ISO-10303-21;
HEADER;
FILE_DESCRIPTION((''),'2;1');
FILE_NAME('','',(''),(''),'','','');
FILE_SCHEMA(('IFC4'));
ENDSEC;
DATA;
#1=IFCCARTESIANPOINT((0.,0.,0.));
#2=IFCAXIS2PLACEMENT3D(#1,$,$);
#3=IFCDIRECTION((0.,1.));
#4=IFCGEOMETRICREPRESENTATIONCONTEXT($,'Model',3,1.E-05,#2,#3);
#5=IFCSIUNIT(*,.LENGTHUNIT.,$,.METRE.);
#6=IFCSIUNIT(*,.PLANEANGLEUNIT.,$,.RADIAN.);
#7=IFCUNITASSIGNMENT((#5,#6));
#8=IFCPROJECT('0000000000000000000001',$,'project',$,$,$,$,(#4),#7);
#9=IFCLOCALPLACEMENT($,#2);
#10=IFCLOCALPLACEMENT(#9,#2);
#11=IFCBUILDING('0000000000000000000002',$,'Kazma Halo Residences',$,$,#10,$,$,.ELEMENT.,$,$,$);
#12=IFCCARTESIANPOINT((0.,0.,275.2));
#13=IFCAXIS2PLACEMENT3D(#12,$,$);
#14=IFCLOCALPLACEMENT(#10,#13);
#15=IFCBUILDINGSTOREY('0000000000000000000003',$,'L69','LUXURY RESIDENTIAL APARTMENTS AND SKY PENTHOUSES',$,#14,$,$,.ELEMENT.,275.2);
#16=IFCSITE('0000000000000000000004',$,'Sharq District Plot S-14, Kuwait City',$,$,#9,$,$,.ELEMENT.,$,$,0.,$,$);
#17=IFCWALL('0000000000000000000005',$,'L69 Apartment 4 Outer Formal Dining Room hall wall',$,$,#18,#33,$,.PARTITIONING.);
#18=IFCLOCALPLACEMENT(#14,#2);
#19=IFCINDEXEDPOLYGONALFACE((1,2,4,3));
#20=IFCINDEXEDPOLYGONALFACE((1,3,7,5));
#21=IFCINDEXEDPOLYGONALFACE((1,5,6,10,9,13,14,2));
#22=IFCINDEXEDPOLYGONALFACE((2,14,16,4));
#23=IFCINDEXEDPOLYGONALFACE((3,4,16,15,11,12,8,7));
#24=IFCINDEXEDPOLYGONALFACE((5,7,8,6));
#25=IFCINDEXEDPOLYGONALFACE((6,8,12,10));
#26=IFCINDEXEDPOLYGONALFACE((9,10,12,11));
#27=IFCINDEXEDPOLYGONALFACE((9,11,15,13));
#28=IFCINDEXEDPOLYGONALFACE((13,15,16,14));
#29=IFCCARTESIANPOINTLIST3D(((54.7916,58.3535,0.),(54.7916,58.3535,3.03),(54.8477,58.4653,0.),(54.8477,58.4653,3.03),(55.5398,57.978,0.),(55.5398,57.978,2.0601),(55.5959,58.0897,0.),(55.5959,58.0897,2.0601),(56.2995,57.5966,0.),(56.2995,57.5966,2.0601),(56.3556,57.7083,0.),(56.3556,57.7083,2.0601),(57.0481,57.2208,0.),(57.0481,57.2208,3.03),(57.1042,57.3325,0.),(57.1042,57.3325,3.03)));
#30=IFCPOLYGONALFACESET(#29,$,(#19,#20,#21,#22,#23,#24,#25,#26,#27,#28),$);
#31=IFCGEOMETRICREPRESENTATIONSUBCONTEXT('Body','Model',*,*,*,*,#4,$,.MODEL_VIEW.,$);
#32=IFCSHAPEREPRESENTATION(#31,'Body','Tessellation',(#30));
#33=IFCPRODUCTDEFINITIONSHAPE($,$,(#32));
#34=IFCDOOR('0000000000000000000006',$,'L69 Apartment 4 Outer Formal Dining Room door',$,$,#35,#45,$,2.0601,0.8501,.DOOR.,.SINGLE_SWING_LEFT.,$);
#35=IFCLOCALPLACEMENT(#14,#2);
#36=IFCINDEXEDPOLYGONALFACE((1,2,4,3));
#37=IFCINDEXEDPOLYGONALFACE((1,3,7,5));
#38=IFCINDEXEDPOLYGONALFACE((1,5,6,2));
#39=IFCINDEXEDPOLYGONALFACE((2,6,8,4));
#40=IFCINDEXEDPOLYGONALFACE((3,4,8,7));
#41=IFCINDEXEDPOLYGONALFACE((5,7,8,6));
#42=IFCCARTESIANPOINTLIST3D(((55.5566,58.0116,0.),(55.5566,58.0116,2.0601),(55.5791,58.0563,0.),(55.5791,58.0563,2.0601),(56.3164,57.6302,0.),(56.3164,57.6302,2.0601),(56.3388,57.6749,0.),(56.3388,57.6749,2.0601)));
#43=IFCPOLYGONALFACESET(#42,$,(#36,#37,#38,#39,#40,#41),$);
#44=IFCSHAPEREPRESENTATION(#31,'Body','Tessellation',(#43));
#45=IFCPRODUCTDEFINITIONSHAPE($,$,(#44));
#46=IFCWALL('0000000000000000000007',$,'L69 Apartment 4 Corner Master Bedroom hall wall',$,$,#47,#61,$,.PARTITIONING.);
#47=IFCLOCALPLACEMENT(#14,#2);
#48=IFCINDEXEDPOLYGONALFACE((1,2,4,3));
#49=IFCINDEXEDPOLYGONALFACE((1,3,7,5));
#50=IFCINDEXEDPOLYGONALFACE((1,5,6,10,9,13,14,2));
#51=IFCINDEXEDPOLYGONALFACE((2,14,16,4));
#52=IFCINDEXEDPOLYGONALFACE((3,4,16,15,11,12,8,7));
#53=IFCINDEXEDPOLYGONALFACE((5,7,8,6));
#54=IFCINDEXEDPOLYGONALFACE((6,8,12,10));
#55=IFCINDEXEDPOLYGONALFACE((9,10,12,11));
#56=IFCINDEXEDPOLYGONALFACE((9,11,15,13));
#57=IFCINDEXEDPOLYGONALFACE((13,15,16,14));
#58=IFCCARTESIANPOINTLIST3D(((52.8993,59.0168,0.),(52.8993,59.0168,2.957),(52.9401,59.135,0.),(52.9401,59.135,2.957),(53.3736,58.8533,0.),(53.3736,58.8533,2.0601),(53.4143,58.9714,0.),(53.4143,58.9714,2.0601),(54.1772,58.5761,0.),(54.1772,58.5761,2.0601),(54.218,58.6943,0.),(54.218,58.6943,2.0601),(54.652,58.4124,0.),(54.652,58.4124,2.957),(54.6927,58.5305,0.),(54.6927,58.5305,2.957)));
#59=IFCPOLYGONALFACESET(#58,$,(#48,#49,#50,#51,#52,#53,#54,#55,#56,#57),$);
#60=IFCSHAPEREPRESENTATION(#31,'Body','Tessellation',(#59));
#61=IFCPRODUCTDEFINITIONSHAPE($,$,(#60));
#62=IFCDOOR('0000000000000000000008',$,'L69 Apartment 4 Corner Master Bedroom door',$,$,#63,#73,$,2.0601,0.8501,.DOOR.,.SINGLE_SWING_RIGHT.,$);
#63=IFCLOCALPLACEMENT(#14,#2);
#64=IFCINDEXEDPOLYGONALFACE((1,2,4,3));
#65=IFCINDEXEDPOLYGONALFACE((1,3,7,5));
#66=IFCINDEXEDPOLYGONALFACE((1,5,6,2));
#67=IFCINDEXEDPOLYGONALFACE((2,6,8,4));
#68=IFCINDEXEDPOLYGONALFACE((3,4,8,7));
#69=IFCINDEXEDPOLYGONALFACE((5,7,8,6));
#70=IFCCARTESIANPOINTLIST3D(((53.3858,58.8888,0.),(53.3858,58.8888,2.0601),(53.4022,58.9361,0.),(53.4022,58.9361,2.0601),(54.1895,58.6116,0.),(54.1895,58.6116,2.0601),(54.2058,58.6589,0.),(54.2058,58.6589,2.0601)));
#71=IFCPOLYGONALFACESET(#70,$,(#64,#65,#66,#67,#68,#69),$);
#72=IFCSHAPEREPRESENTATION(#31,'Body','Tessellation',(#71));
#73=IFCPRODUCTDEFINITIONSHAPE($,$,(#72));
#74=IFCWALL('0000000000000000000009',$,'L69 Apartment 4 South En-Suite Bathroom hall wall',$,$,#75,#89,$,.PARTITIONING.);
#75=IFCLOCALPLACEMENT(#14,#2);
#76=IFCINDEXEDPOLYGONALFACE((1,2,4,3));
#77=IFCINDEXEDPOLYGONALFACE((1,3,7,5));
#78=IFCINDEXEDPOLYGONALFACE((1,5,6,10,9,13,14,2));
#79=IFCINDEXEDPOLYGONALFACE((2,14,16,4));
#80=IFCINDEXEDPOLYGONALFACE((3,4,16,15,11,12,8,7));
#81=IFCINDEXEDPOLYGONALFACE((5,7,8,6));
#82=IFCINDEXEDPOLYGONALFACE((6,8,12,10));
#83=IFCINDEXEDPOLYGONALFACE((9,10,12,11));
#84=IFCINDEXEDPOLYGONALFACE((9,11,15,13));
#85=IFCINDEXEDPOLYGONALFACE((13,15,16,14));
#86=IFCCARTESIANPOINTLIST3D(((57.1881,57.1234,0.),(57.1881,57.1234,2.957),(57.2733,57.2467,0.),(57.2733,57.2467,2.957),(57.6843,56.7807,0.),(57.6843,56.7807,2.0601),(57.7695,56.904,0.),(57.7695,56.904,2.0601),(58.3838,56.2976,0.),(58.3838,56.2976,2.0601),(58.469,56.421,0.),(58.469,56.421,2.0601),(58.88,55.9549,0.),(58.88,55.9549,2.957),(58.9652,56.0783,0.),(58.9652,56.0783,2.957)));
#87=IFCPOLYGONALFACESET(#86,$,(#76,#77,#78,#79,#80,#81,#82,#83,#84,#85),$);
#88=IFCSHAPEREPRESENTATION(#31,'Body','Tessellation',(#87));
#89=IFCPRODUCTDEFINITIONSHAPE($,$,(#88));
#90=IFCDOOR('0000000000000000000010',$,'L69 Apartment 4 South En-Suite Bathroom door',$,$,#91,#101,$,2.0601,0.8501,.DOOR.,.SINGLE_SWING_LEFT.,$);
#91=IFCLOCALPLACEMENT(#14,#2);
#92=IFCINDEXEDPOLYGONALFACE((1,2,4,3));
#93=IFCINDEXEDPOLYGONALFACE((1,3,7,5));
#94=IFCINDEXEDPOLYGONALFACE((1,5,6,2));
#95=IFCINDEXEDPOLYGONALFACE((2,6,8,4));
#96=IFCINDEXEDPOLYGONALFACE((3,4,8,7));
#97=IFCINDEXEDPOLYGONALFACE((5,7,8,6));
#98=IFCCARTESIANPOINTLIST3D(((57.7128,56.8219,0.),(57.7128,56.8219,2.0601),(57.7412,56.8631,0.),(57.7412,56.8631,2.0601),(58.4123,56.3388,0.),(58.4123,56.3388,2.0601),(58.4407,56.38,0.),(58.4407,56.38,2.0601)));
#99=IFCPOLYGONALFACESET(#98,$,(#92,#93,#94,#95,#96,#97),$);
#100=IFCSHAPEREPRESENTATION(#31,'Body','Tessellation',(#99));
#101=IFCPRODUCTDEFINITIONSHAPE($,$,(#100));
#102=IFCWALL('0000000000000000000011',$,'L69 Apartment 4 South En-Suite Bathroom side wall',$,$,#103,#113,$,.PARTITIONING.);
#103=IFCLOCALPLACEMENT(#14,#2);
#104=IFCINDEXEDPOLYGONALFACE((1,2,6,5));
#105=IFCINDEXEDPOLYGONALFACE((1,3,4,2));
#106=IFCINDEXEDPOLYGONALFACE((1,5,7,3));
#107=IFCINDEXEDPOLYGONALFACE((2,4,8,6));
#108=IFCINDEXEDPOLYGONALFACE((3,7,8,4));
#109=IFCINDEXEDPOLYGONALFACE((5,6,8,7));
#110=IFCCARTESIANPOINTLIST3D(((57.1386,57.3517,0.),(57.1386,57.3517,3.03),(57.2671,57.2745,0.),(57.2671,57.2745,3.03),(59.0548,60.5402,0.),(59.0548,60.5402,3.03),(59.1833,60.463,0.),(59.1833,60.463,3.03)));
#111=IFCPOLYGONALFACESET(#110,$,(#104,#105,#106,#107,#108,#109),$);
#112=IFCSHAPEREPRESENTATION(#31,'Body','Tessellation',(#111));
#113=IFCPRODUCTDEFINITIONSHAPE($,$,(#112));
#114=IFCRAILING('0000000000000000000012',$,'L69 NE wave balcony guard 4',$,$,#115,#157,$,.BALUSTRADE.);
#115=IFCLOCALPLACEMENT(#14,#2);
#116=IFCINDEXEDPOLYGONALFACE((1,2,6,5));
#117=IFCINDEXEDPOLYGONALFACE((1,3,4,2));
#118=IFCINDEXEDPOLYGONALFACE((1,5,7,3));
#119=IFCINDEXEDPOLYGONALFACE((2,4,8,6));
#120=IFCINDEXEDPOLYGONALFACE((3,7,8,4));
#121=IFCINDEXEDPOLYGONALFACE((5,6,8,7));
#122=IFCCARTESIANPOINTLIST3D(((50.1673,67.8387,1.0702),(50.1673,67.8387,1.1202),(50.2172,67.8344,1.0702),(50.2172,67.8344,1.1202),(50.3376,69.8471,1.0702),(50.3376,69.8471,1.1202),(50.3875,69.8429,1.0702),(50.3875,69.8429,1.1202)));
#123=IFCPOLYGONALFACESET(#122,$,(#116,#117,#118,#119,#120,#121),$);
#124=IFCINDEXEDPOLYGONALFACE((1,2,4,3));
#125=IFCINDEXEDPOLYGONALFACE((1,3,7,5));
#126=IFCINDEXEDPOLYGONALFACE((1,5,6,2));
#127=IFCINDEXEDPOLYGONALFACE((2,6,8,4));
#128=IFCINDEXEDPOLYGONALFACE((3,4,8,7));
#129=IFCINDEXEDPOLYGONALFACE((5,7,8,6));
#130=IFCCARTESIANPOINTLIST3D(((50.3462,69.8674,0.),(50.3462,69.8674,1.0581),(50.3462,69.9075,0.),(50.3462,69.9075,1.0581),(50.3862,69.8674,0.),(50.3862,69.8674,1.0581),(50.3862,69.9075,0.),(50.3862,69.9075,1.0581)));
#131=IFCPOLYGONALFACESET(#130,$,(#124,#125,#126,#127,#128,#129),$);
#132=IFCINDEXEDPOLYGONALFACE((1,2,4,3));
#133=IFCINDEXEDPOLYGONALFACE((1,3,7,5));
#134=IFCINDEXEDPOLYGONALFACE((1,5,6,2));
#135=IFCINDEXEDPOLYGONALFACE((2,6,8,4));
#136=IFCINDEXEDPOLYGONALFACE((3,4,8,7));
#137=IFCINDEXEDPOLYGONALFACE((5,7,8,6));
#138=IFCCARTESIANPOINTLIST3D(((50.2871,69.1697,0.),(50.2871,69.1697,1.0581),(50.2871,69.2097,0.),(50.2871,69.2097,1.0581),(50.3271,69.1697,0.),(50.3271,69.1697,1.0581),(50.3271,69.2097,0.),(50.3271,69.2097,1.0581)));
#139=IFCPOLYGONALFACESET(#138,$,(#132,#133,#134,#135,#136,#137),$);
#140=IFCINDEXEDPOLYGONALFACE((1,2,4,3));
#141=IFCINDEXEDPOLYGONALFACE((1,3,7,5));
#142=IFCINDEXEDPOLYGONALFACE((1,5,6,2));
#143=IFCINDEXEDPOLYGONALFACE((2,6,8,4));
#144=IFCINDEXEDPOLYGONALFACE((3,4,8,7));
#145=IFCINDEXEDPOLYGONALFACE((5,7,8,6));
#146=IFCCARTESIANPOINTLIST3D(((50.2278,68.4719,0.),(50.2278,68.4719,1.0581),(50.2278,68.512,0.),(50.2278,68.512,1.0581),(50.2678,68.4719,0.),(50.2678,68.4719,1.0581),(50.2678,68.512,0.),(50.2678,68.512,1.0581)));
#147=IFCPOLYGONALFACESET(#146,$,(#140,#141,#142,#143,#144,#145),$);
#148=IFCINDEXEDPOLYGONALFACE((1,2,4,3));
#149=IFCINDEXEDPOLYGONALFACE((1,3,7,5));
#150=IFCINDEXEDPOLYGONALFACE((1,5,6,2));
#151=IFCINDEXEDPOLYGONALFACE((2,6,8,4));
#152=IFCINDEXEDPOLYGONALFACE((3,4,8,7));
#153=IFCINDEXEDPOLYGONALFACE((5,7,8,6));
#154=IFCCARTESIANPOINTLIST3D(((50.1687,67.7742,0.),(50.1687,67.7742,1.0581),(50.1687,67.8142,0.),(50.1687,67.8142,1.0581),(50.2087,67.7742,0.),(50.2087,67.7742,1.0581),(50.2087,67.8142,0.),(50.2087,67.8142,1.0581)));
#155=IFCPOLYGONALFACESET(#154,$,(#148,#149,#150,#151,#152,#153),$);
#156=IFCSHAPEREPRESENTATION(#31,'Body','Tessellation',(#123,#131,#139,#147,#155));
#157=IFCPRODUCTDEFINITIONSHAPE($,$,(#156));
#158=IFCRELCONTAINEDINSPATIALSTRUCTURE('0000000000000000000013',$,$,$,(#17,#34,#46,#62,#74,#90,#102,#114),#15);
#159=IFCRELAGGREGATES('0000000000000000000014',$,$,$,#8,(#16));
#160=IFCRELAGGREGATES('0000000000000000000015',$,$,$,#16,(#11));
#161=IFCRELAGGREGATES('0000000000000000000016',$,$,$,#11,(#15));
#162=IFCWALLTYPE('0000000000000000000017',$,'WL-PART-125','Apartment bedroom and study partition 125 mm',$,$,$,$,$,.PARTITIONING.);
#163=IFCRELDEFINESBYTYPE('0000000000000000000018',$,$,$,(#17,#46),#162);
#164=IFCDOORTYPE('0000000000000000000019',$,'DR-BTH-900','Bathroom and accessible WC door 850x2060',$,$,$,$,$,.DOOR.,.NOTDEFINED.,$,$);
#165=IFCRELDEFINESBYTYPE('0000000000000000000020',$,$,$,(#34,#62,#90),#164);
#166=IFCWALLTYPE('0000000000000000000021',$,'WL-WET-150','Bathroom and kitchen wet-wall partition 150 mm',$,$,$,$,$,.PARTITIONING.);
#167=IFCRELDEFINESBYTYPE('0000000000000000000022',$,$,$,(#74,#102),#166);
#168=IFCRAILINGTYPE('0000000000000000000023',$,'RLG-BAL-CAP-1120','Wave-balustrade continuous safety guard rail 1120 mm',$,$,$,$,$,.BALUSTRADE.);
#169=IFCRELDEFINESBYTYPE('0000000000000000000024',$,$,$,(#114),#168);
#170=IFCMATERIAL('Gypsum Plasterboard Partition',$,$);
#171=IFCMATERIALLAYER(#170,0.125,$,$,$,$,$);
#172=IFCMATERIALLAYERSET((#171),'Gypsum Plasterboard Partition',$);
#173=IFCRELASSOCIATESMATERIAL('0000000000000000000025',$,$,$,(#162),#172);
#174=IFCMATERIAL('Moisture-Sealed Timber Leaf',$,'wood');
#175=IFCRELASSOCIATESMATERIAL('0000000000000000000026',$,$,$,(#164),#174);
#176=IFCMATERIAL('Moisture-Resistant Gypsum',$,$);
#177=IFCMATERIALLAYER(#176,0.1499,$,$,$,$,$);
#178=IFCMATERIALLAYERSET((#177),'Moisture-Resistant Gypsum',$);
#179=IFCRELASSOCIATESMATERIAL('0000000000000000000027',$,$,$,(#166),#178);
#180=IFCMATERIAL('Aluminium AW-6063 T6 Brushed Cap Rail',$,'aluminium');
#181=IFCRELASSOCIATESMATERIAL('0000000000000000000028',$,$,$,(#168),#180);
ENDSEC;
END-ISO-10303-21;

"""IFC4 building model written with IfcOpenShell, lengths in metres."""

from ifc_helpers import new_model, si_unit, direction, frame, frame_2d, origin, origin_2d, place, context, subcontext, project, spatial, rectangle, extrude, material, layer, layer_set, type_object, element, fill, save


model = new_model("IFC4")

# Units and contexts
model_context = context("Model", 3, precision=1e-05, world=origin(), true_north=direction((0.0, 1.0)))
body_context = subcontext(model_context, "Body", "Model", "MODEL_VIEW")
ifc_project = project(units=[si_unit("LENGTHUNIT", "METRE"), si_unit("PLANEANGLEUNIT", "RADIAN")], contexts=[model_context])

# Site, building, storey
site_placement = place(None, origin())
site = spatial("IfcSite", under=ifc_project, at=site_placement, Name="Sharq District Plot S-14, Kuwait City", CompositionType="ELEMENT", RefElevation=0.0)
building_placement = place(site_placement, origin())
building = spatial("IfcBuilding", under=site, at=building_placement, Name="Kazma Halo Residences", CompositionType="ELEMENT")
storey_placement = place(building_placement, frame((0.0, 0.0, 275.2)))
storey = spatial("IfcBuildingStorey", under=building, at=storey_placement, Name="L69", Description="LUXURY RESIDENTIAL APARTMENTS AND SKY PENTHOUSES", CompositionType="ELEMENT", Elevation=275.2)

# Shared definitions
ifc_material_1 = material(Name="Gypsum Plasterboard Partition")
ifc_layer_1 = layer(ifc_material_1, 0.125)
ifc_layer_set_1 = layer_set([ifc_layer_1], Name="Gypsum Plasterboard Partition")
wall_type_1 = type_object("IfcWallType", Name="WL-PART-125", Description="Apartment bedroom and study partition 125 mm", PredefinedType="PARTITIONING", material=ifc_layer_set_1)

# Shared definitions
ifc_material_2 = material(Name="Moisture-Sealed Timber Leaf", Category="wood")
door_type_1 = type_object("IfcDoorType", Name="DR-BTH-900", Description="Bathroom and accessible WC door 850x2060", OperationType="NOTDEFINED", PredefinedType="DOOR", material=ifc_material_2)

# Walls, openings, doors
wall_1_placement = place(storey_placement, frame((57.0762, 57.2766, 0.0), z_axis=(0.0, 0.0, 1.0), x_axis=(-0.893711, 0.448644, 0.0)))
wall_1 = element("IfcWall", 1, at=wall_1_placement, inside=storey, type_object=wall_type_1, Name="L69 Apartment 4 Outer Formal Dining Room hall wall", PredefinedType="PARTITIONING", context=body_context, shape_type="SweptSolid", body=[
    extrude(rectangle(XDim=2.5249, YDim=0.125, at=frame_2d((1.2625, 0.0))), origin(), (0.0, 0.0, 1.0), 3.03),
])
opening_1_placement = place(wall_1_placement, frame((0.8376, 0.0, 0.0)))
opening_1 = element("IfcOpeningElement", 2, at=opening_1_placement, cuts=wall_1, PredefinedType="OPENING", context=body_context, shape_type="SweptSolid", body=[
    extrude(rectangle(XDim=0.8501, YDim=2.0601, at=frame_2d((0.425, 1.03))), frame((0.0, 0.0725, 0.0), z_axis=(0.0, -1.0, 0.0), x_axis=(1.0, 0.0, 0.0)), (0.0, 0.0, 1.0), 0.145),
])
door_1_placement = place(opening_1_placement, origin())
door_1 = element("IfcDoor", 3, at=door_1_placement, inside=storey, type_object=door_type_1, Name="L69 Apartment 4 Outer Formal Dining Room door", OperationType="SINGLE_SWING_LEFT", OverallHeight=2.0601, OverallWidth=0.8501, PredefinedType="DOOR", context=body_context, shape_type="SweptSolid", body=[
    extrude(rectangle(XDim=0.8501, YDim=2.0601, at=frame_2d((0.425, 1.03))), frame((0.0, 0.0249, 0.0), z_axis=(0.0, -1.0, 0.0), x_axis=(1.0, 0.0, 0.0)), (0.0, 0.0, 1.0), 0.05),
])
fill(opening_1, door_1)
wall_2_placement = place(storey_placement, frame((54.6724, 58.4714, 0.0), z_axis=(0.0, 0.0, 1.0), x_axis=(-0.945353, 0.326047, 0.0)))
wall_2 = element("IfcWall", 4, at=wall_2_placement, inside=storey, type_object=wall_type_1, Name="L69 Apartment 4 Corner Master Bedroom hall wall", PredefinedType="PARTITIONING", context=body_context, shape_type="SweptSolid", body=[
    extrude(rectangle(XDim=1.854, YDim=0.125, at=frame_2d((0.927, 0.0))), origin(), (0.0, 0.0, 1.0), 2.957),
])
opening_2_placement = place(wall_2_placement, frame((0.5022, 0.0, 0.0)))
opening_2 = element("IfcOpeningElement", 5, at=opening_2_placement, cuts=wall_2, PredefinedType="OPENING", context=body_context, shape_type="SweptSolid", body=[
    extrude(rectangle(XDim=0.8501, YDim=2.0601, at=frame_2d((0.425, 1.03))), frame((0.0, 0.0725, 0.0), z_axis=(0.0, -1.0, 0.0), x_axis=(1.0, 0.0, 0.0)), (0.0, 0.0, 1.0), 0.145),
])
door_2_placement = place(opening_2_placement, origin())
door_2 = element("IfcDoor", 6, at=door_2_placement, inside=storey, type_object=door_type_1, Name="L69 Apartment 4 Corner Master Bedroom door", OperationType="SINGLE_SWING_RIGHT", OverallHeight=2.0601, OverallWidth=0.8501, PredefinedType="DOOR", context=body_context, shape_type="SweptSolid", body=[
    extrude(rectangle(XDim=0.8501, YDim=2.0601, at=frame_2d((0.425, 1.03))), frame((0.0, 0.0249, 0.0), z_axis=(0.0, -1.0, 0.0), x_axis=(1.0, 0.0, 0.0)), (0.0, 0.0, 1.0), 0.05),
])
fill(opening_2, door_2)
ifc_material_3 = material(Name="Moisture-Resistant Gypsum")
ifc_layer_2 = layer(ifc_material_3, 0.1499)
ifc_layer_set_2 = layer_set([ifc_layer_2], Name="Moisture-Resistant Gypsum")
wall_type_2 = type_object("IfcWallType", Name="WL-WET-150", Description="Bathroom and kitchen wet-wall partition 150 mm", PredefinedType="PARTITIONING", material=ifc_layer_set_2)
wall_3_placement = place(storey_placement, frame((58.9226, 56.0166, 0.0), z_axis=(0.0, 0.0, 1.0), x_axis=(-0.822841, 0.568271, 0.0)))
wall_3 = element("IfcWall", 7, at=wall_3_placement, inside=storey, type_object=wall_type_2, Name="L69 Apartment 4 South En-Suite Bathroom hall wall", PredefinedType="PARTITIONING", context=body_context, shape_type="SweptSolid", body=[
    extrude(rectangle(XDim=2.0562, YDim=0.1499, at=frame_2d((1.0281, 0.0))), origin(), (0.0, 0.0, 1.0), 2.957),
])
opening_3_placement = place(wall_3_placement, frame((0.603, 0.0, 0.0)))
opening_3 = element("IfcOpeningElement", 8, at=opening_3_placement, cuts=wall_3, PredefinedType="OPENING", context=body_context, shape_type="SweptSolid", body=[
    extrude(rectangle(XDim=0.8501, YDim=2.0601, at=frame_2d((0.425, 1.03))), frame((0.0, 0.085, 0.0), z_axis=(0.0, -1.0, 0.0), x_axis=(1.0, 0.0, 0.0)), (0.0, 0.0, 1.0), 0.1699),
])
door_3_placement = place(opening_3_placement, origin())
door_3 = element("IfcDoor", 9, at=door_3_placement, inside=storey, type_object=door_type_1, Name="L69 Apartment 4 South En-Suite Bathroom door", OperationType="SINGLE_SWING_LEFT", OverallHeight=2.0601, OverallWidth=0.8501, PredefinedType="DOOR", context=body_context, shape_type="SweptSolid", body=[
    extrude(rectangle(XDim=0.8501, YDim=2.0601, at=frame_2d((0.425, 1.03))), frame((0.0, 0.0249, 0.0), z_axis=(0.0, -1.0, 0.0), x_axis=(1.0, 0.0, 0.0)), (0.0, 0.0, 1.0), 0.05),
])
fill(opening_3, door_3)

# Wall
wall_4_placement = place(storey_placement, frame((57.2029, 57.3132, 0.0), z_axis=(0.0, 0.0, 1.0), x_axis=(0.515123, 0.857116, 0.0)))
element("IfcWall", 10, at=wall_4_placement, inside=storey, type_object=wall_type_2, Name="L69 Apartment 4 South En-Suite Bathroom side wall", PredefinedType="PARTITIONING", context=body_context, shape_type="SweptSolid", body=[
    extrude(rectangle(XDim=3.72, YDim=0.1499, at=frame_2d((1.8599, 0.0))), origin(), (0.0, 0.0, 1.0), 3.03),
])

# Railing
ifc_material_4 = material(Name="Aluminium AW-6063 T6 Brushed Cap Rail", Category="aluminium")
railing_type = type_object("IfcRailingType", Name="RLG-BAL-CAP-1120", Description="Wave-balustrade continuous safety guard rail 1120 mm", PredefinedType="BALUSTRADE", material=ifc_material_4)
railing_1_placement = place(storey_placement, frame((50.3662, 69.8875, 0.0)))
element("IfcRailing", 11, at=railing_1_placement, inside=storey, type_object=railing_type, Name="L69 NE wave balcony guard 4", PredefinedType="BALUSTRADE", context=body_context, shape_type="SweptSolid", body=[
    extrude(rectangle(XDim=0.05, YDim=0.05, at=origin_2d()), frame((-0.0037, -0.0425, 1.0952), z_axis=(-0.084488, -0.996424, 0.0), x_axis=(0.996424, -0.084488, 0.0)), (0.0, 0.0, 1.0), 2.0156),
    extrude(rectangle(XDim=0.04, YDim=0.04, at=origin_2d()), origin(), (0.0, 0.0, 1.0), 1.0581),
    extrude(rectangle(XDim=0.04, YDim=0.04, at=origin_2d()), frame((-0.0591, -0.6978, 0.0)), (0.0, 0.0, 1.0), 1.0581),
    extrude(rectangle(XDim=0.04, YDim=0.04, at=origin_2d()), frame((-0.1184, -1.3955, 0.0)), (0.0, 0.0, 1.0), 1.0581),
    extrude(rectangle(XDim=0.04, YDim=0.04, at=origin_2d()), frame((-0.1775, -2.0933, 0.0)), (0.0, 0.0, 1.0), 1.0581),
])

save(model, "model.ifc")
